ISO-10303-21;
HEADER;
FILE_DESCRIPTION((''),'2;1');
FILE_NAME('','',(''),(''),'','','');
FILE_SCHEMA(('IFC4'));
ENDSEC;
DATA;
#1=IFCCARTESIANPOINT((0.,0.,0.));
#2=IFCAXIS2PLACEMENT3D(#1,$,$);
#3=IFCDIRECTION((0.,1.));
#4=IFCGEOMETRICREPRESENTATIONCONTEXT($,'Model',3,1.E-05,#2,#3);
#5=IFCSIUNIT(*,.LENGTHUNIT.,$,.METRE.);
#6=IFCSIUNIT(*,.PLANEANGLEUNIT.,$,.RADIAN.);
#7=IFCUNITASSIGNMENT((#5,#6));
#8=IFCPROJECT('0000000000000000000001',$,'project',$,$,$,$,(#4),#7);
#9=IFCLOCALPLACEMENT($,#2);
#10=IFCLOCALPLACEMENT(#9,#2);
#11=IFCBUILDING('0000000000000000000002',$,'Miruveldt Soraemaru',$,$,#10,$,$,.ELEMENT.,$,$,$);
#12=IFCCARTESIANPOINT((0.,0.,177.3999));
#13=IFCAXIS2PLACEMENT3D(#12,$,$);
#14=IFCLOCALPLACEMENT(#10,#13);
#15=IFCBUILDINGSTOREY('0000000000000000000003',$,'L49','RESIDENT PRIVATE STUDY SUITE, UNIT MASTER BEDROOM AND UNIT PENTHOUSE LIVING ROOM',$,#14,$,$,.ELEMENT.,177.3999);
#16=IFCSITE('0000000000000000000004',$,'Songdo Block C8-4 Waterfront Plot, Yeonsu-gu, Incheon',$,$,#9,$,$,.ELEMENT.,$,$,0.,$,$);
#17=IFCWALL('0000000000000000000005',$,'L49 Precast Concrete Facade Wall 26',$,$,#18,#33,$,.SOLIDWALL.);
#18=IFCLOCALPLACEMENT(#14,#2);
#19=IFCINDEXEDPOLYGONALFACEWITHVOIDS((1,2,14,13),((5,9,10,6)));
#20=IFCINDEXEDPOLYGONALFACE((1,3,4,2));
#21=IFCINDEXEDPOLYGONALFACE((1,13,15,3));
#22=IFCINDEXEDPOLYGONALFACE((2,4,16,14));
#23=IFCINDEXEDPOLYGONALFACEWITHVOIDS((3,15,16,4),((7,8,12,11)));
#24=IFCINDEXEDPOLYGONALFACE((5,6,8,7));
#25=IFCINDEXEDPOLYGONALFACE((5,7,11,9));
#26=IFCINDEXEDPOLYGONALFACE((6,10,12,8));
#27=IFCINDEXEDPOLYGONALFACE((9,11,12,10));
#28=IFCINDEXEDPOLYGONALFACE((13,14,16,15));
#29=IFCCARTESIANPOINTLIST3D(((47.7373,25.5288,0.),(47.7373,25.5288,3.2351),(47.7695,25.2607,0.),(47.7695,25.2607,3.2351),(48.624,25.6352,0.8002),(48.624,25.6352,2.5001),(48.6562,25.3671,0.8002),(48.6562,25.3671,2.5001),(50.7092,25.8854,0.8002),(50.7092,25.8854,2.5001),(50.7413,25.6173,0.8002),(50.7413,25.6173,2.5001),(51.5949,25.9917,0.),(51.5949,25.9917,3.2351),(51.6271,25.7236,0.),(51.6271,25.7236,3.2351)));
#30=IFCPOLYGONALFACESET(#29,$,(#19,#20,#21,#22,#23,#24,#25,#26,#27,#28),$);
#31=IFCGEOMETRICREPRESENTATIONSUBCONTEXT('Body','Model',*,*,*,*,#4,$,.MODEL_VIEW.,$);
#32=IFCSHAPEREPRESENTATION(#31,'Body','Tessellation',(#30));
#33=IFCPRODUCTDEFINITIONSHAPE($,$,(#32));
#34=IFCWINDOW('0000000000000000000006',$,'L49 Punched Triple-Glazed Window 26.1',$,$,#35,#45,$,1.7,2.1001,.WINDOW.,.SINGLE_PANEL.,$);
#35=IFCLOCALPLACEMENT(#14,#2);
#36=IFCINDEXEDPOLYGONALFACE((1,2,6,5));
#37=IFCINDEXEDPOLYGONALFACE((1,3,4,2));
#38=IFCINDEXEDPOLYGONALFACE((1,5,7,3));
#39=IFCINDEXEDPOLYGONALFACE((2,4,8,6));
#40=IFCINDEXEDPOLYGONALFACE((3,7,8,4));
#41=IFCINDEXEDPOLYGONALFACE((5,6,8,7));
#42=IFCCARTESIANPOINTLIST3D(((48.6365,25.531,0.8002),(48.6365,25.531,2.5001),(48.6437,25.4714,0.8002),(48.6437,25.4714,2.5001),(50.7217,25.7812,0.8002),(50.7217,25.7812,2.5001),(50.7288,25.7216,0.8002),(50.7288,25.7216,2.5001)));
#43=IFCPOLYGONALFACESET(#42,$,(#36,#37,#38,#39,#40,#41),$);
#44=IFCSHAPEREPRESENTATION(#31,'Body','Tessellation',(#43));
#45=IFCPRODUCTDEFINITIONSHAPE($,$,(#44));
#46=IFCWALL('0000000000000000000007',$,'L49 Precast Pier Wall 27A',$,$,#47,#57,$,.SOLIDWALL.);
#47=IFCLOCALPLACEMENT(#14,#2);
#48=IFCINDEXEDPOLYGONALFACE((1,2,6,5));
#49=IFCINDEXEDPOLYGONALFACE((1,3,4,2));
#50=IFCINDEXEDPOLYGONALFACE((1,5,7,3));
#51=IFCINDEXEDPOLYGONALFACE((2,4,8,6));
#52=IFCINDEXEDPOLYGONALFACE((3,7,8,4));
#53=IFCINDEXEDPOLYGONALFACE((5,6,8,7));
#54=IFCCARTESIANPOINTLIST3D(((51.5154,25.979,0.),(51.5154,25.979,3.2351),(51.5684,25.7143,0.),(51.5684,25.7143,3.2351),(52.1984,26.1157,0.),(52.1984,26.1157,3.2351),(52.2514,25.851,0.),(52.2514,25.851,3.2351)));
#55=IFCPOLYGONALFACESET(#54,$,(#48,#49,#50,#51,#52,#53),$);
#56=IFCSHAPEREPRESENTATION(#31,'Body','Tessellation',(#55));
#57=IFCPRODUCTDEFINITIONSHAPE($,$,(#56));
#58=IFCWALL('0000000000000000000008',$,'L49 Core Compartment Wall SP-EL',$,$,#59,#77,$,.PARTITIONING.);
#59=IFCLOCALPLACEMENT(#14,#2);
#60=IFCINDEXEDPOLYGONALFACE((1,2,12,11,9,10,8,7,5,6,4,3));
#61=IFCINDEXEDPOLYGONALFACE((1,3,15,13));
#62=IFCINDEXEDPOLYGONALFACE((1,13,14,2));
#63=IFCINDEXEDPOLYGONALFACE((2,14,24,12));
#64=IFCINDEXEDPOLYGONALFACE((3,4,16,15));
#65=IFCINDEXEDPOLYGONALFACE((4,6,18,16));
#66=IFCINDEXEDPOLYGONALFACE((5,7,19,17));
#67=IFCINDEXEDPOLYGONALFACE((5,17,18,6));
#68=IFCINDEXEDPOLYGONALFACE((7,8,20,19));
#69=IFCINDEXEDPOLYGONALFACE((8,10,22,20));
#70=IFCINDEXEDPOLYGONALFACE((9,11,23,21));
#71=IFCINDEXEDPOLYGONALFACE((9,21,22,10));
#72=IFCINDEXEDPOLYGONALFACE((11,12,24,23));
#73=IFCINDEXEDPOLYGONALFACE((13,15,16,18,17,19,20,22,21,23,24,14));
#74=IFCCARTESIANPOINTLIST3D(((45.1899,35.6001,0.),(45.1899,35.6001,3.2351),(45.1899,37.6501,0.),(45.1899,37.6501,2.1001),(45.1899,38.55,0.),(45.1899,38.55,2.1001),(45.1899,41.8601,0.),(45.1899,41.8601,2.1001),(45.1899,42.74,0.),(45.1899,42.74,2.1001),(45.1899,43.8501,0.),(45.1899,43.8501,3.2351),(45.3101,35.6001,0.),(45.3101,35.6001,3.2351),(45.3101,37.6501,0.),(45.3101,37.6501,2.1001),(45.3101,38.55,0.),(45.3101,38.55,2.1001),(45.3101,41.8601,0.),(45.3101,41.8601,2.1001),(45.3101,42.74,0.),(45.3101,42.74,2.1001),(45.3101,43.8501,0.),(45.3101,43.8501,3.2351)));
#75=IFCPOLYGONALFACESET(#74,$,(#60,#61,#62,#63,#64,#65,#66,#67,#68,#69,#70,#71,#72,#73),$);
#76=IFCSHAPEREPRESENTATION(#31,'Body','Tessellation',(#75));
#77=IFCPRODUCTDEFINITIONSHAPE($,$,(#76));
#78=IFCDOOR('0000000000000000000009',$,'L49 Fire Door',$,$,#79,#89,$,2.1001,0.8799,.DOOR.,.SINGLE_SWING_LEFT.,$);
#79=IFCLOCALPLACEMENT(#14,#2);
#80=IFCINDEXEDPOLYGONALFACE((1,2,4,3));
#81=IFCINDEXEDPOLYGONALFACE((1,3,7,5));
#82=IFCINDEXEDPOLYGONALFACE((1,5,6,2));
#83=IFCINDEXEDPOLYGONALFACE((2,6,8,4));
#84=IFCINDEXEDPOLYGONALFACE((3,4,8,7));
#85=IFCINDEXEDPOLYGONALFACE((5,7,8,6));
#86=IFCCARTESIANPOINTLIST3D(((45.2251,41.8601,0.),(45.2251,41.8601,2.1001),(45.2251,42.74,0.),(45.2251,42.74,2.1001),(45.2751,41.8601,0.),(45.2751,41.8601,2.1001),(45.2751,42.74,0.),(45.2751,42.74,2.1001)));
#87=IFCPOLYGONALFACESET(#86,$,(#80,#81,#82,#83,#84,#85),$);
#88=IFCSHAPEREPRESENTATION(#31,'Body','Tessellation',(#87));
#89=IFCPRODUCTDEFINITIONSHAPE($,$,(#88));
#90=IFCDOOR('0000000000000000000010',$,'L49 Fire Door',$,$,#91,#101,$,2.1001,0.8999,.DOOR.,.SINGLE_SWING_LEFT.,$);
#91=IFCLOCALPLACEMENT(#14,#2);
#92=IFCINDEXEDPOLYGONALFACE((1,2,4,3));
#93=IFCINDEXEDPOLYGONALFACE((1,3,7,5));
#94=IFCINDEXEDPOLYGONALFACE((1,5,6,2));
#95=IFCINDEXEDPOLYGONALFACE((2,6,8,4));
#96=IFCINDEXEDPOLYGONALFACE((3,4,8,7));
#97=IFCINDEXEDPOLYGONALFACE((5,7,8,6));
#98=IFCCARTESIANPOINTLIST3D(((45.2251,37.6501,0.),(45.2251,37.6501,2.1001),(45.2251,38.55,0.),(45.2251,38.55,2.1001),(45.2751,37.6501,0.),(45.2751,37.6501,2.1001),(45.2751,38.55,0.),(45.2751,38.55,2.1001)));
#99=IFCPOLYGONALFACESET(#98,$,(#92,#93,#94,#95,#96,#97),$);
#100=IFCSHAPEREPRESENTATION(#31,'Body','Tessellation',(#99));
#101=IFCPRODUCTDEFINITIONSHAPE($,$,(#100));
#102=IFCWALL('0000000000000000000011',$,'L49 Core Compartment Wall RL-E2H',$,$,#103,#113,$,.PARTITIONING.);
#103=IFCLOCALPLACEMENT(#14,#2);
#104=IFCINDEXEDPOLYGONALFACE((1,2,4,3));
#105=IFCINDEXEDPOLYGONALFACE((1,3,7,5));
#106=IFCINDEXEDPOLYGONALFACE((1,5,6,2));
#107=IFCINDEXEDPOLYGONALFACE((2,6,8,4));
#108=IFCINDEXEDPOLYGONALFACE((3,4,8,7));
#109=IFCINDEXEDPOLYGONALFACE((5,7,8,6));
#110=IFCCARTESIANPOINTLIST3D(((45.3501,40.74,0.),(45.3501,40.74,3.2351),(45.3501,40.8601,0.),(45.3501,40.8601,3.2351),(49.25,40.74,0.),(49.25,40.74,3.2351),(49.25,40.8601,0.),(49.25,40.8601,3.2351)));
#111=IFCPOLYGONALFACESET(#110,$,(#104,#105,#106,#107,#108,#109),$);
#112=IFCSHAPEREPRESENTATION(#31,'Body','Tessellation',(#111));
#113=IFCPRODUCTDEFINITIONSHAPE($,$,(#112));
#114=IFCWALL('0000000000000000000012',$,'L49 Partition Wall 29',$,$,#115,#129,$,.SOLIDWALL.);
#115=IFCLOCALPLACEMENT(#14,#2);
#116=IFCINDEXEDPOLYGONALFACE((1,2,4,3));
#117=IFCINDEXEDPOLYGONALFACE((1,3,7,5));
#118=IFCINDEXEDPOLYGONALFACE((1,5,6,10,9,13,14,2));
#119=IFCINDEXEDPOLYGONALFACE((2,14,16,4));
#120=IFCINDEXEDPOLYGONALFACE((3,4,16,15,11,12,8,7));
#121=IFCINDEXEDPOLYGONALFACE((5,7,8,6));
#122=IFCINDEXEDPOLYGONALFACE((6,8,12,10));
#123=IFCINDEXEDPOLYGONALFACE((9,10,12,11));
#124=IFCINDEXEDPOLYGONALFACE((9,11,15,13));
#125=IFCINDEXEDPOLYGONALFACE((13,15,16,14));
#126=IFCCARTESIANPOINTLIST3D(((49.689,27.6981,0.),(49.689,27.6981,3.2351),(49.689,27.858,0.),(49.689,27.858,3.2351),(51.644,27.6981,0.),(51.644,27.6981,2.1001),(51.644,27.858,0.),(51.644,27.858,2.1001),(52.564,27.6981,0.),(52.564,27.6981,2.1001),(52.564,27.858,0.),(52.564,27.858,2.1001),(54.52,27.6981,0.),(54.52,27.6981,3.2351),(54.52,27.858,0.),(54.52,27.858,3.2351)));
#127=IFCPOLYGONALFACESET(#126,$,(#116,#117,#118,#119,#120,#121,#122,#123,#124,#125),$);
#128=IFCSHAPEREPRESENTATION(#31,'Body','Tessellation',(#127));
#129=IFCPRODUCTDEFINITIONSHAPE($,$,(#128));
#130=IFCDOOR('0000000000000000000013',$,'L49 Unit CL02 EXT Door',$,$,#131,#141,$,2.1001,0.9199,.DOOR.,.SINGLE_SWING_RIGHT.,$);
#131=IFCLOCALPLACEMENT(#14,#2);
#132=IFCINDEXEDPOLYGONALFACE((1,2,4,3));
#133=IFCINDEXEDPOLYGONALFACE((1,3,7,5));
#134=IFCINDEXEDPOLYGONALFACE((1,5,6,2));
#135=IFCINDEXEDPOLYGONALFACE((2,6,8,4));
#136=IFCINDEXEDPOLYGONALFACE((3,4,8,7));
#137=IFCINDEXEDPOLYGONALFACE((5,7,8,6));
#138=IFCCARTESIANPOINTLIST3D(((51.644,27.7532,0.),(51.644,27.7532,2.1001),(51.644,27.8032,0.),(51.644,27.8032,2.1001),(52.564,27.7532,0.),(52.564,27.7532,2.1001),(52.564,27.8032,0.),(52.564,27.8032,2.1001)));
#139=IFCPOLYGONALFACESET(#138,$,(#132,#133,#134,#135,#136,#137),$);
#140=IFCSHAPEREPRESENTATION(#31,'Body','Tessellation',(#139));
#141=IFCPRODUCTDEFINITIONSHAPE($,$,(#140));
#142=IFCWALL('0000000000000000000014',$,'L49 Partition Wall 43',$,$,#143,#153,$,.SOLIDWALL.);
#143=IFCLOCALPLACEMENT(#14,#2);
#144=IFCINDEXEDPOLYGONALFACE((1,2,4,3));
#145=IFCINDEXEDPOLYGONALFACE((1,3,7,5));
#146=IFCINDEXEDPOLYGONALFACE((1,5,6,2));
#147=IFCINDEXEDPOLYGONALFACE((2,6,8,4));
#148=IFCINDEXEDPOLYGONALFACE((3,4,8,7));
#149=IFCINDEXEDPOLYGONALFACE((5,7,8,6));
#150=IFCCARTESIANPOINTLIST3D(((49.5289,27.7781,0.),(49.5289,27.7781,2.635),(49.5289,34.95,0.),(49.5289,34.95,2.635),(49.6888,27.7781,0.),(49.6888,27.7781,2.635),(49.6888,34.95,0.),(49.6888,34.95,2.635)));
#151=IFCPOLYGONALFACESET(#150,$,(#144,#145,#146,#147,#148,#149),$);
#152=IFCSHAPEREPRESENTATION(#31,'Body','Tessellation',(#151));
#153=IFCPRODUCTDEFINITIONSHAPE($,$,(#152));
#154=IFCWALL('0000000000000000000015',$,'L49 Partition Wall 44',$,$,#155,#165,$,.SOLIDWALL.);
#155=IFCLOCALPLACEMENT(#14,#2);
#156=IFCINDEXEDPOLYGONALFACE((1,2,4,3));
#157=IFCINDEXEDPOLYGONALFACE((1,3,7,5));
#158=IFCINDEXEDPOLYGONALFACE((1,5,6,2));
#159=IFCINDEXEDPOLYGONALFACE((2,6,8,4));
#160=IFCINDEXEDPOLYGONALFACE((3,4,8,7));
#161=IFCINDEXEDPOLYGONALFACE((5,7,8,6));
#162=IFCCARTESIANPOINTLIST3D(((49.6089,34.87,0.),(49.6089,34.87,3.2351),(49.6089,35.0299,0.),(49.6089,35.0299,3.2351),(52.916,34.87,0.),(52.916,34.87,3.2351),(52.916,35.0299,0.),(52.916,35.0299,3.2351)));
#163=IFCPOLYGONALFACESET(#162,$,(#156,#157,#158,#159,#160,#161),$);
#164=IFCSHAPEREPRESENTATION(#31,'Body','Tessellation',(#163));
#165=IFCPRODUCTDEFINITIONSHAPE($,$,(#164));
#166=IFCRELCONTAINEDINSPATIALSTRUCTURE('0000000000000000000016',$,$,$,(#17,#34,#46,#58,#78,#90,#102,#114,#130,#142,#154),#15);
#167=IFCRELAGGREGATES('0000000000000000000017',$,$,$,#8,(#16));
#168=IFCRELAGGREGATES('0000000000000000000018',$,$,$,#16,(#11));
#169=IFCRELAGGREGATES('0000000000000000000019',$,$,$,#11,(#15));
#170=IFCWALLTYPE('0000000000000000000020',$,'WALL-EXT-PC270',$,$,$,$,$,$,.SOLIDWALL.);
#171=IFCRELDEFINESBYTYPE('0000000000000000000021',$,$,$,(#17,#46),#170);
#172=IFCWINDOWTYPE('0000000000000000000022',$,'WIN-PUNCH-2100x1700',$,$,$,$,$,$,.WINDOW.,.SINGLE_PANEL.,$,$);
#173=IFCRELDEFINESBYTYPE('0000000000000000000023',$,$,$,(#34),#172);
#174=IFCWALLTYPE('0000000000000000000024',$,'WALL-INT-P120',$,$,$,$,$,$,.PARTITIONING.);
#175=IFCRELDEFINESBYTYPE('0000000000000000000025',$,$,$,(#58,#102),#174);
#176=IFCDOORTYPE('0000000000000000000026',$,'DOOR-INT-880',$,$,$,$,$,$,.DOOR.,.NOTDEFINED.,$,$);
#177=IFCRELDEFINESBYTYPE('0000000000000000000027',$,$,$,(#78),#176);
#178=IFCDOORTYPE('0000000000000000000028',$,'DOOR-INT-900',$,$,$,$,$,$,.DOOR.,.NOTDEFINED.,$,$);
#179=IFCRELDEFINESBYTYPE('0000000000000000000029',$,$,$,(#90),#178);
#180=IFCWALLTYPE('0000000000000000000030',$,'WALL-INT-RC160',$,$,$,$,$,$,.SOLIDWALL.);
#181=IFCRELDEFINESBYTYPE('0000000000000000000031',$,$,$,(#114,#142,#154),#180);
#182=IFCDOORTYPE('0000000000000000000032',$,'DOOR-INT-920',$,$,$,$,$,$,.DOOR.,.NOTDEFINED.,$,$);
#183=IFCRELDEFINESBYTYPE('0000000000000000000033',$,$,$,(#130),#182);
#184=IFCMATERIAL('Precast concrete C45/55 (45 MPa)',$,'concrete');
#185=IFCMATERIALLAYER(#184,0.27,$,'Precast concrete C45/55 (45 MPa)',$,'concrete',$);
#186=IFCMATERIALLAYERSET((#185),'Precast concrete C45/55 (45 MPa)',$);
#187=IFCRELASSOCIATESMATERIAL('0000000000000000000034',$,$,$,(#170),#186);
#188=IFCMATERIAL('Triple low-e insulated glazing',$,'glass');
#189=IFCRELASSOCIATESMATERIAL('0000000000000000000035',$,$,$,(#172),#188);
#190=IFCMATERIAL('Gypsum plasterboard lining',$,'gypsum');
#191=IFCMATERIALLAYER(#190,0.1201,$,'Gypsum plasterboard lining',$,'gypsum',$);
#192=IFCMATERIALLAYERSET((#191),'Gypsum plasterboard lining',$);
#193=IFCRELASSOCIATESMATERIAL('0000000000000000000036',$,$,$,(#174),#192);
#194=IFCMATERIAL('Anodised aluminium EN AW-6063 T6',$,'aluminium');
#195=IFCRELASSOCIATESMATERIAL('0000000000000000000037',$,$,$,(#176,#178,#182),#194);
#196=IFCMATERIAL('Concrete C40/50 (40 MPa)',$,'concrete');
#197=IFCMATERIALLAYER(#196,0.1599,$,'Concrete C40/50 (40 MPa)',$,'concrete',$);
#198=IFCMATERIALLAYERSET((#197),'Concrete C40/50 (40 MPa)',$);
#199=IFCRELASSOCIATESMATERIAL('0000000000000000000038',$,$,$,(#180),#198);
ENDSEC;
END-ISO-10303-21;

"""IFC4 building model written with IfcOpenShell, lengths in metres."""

from ifc_helpers import new_model, si_unit, direction, frame, frame_2d, origin, place, context, subcontext, project, spatial, rectangle, extrude, material, layer, layer_set, type_object, element, fill, save


model = new_model("IFC4")

# Units and contexts
model_context = context("Model", 3, precision=1e-05, world=origin(), true_north=direction((0.0, 1.0)))
body_context = subcontext(model_context, "Body", "Model", "MODEL_VIEW")
ifc_project = project(units=[si_unit("LENGTHUNIT", "METRE"), si_unit("PLANEANGLEUNIT", "RADIAN")], contexts=[model_context])

# Site, building, storey
site_placement = place(None, origin())
site = spatial("IfcSite", under=ifc_project, at=site_placement, Name="Songdo Block C8-4 Waterfront Plot, Yeonsu-gu, Incheon", CompositionType="ELEMENT", RefElevation=0.0)
building_placement = place(site_placement, origin())
building = spatial("IfcBuilding", under=site, at=building_placement, Name="Miruveldt Soraemaru", CompositionType="ELEMENT")
storey_placement = place(building_placement, frame((0.0, 0.0, 177.3999)))
storey = spatial("IfcBuildingStorey", under=building, at=storey_placement, Name="L49", Description="RESIDENT PRIVATE STUDY SUITE, UNIT MASTER BEDROOM AND UNIT PENTHOUSE LIVING ROOM", CompositionType="ELEMENT", Elevation=177.3999)

# Shared definitions
ifc_material_1 = material(Name="Triple low-e insulated glazing", Category="glass")

# Wall, opening, window
ifc_material_2 = material(Name="Precast concrete C45/55 (45 MPa)", Category="concrete")
ifc_layer_1 = layer(ifc_material_2, 0.27, Name="Precast concrete C45/55 (45 MPa)", Category="concrete")
ifc_layer_set_1 = layer_set([ifc_layer_1], Name="Precast concrete C45/55 (45 MPa)")
wall_type_1 = type_object("IfcWallType", Name="WALL-EXT-PC270", PredefinedType="SOLIDWALL", material=ifc_layer_set_1)
wall_1_placement = place(storey_placement, frame((47.7534, 25.3948, 0.0), z_axis=(0.0, 0.0, 1.0), x_axis=(0.992878, 0.119138, 0.0)))
wall_1 = element("IfcWall", 1, at=wall_1_placement, inside=storey, type_object=wall_type_1, Name="L49 Precast Concrete Facade Wall 26", PredefinedType="SOLIDWALL", context=body_context, shape_type="SweptSolid", body=[
    extrude(rectangle(XDim=3.8853, YDim=0.27, at=frame_2d((1.9426, 0.0))), origin(), (0.0, 0.0, 1.0), 3.2351),
])
opening_1_placement = place(wall_1_placement, frame((0.8931, 0.0, 0.8)))
opening_1 = element("IfcOpeningElement", 2, at=opening_1_placement, cuts=wall_1, PredefinedType="OPENING", context=body_context, shape_type="SweptSolid", body=[
    extrude(rectangle(XDim=2.1001, YDim=1.7, at=frame_2d((1.05, 0.8501))), frame((0.0, 0.145, 0.0), z_axis=(0.0, -1.0, 0.0), x_axis=(1.0, 0.0, 0.0)), (0.0, 0.0, 1.0), 0.29),
])
window_type_1 = type_object("IfcWindowType", Name="WIN-PUNCH-2100x1700", PartitioningType="SINGLE_PANEL", PredefinedType="WINDOW", material=ifc_material_1)
window_1_placement = place(opening_1_placement, origin())
window_1 = element("IfcWindow", 3, at=window_1_placement, inside=storey, type_object=window_type_1, Name="L49 Punched Triple-Glazed Window 26.1", OverallHeight=1.7, OverallWidth=2.1001, PartitioningType="SINGLE_PANEL", PredefinedType="WINDOW", context=body_context, shape_type="SweptSolid", body=[
    extrude(rectangle(XDim=2.1001, YDim=1.7, at=frame_2d((1.05, 0.8501))), frame((0.0, 0.03, 0.0), z_axis=(0.0, -1.0, 0.0), x_axis=(1.0, 0.0, 0.0)), (0.0, 0.0, 1.0), 0.0601),
])
fill(opening_1, window_1)

# Wall
wall_2_placement = place(storey_placement, frame((51.542, 25.8467, 0.0), z_axis=(0.0, 0.0, 1.0), x_axis=(0.980554, 0.196251, 0.0)))
element("IfcWall", 4, at=wall_2_placement, inside=storey, type_object=wall_type_1, Name="L49 Precast Pier Wall 27A", PredefinedType="SOLIDWALL", context=body_context, shape_type="SweptSolid", body=[
    extrude(rectangle(XDim=0.6965, YDim=0.27, at=frame_2d((0.3481, 0.0))), origin(), (0.0, 0.0, 1.0), 3.2351),
])

# Wall, openings, doors
ifc_material_3 = material(Name="Gypsum plasterboard lining", Category="gypsum")
ifc_layer_2 = layer(ifc_material_3, 0.1201, Name="Gypsum plasterboard lining", Category="gypsum")
ifc_layer_set_2 = layer_set([ifc_layer_2], Name="Gypsum plasterboard lining")
wall_type_2 = type_object("IfcWallType", Name="WALL-INT-P120", PredefinedType="PARTITIONING", material=ifc_layer_set_2)
wall_3_placement = place(storey_placement, frame((45.25, 35.6001, 0.0), z_axis=(0.0, 0.0, 1.0), x_axis=(0.0, 1.0, 0.0)))
wall_3 = element("IfcWall", 5, at=wall_3_placement, inside=storey, type_object=wall_type_2, Name="L49 Core Compartment Wall SP-EL", PredefinedType="PARTITIONING", context=body_context, shape_type="SweptSolid", body=[
    extrude(rectangle(XDim=8.25, YDim=0.1201, at=frame_2d((4.125, 0.0))), origin(), (0.0, 0.0, 1.0), 3.2351),
])
opening_2_placement = place(wall_3_placement, frame((2.05, 0.0, 0.0)))
opening_2 = element("IfcOpeningElement", 6, at=opening_2_placement, cuts=wall_3, PredefinedType="OPENING", context=body_context, shape_type="SweptSolid", body=[
    extrude(rectangle(XDim=0.8999, YDim=2.1001, at=frame_2d((0.45, 1.05))), frame((0.0, 0.0701, 0.0), z_axis=(0.0, -1.0, 0.0), x_axis=(1.0, 0.0, 0.0)), (0.0, 0.0, 1.0), 0.1401),
])
opening_3_placement = place(wall_3_placement, frame((6.26, 0.0, 0.0)))
opening_3 = element("IfcOpeningElement", 7, at=opening_3_placement, cuts=wall_3, PredefinedType="OPENING", context=body_context, shape_type="SweptSolid", body=[
    extrude(rectangle(XDim=0.8799, YDim=2.1001, at=frame_2d((0.4399, 1.05))), frame((0.0, 0.0701, 0.0), z_axis=(0.0, -1.0, 0.0), x_axis=(1.0, 0.0, 0.0)), (0.0, 0.0, 1.0), 0.1401),
])
ifc_material_4 = material(Name="Anodised aluminium EN AW-6063 T6", Category="aluminium")
door_type_1 = type_object("IfcDoorType", Name="DOOR-INT-880", OperationType="NOTDEFINED", PredefinedType="DOOR", material=ifc_material_4)
door_1_placement = place(opening_3_placement, origin())
door_1 = element("IfcDoor", 8, at=door_1_placement, inside=storey, type_object=door_type_1, Name="L49 Fire Door", OperationType="SINGLE_SWING_LEFT", OverallHeight=2.1001, OverallWidth=0.8799, PredefinedType="DOOR", context=body_context, shape_type="SweptSolid", body=[
    extrude(rectangle(XDim=0.8799, YDim=2.1001, at=frame_2d((0.4399, 1.05))), frame((0.0, 0.0249, 0.0), z_axis=(0.0, -1.0, 0.0), x_axis=(1.0, 0.0, 0.0)), (0.0, 0.0, 1.0), 0.05),
])
fill(opening_3, door_1)
door_type_2 = type_object("IfcDoorType", Name="DOOR-INT-900", OperationType="NOTDEFINED", PredefinedType="DOOR", material=ifc_material_4)
door_2_placement = place(opening_2_placement, origin())
door_2 = element("IfcDoor", 9, at=door_2_placement, inside=storey, type_object=door_type_2, Name="L49 Fire Door", OperationType="SINGLE_SWING_LEFT", OverallHeight=2.1001, OverallWidth=0.8999, PredefinedType="DOOR", context=body_context, shape_type="SweptSolid", body=[
    extrude(rectangle(XDim=0.8999, YDim=2.1001, at=frame_2d((0.45, 1.05))), frame((0.0, 0.0249, 0.0), z_axis=(0.0, -1.0, 0.0), x_axis=(1.0, 0.0, 0.0)), (0.0, 0.0, 1.0), 0.05),
])
fill(opening_2, door_2)

# Wall
wall_4_placement = place(storey_placement, frame((45.3501, 40.8, 0.0), z_axis=(0.0, 0.0, 1.0), x_axis=(1.0, 0.0, 0.0)))
element("IfcWall", 10, at=wall_4_placement, inside=storey, type_object=wall_type_2, Name="L49 Core Compartment Wall RL-E2H", PredefinedType="PARTITIONING", context=body_context, shape_type="SweptSolid", body=[
    extrude(rectangle(XDim=3.8999, YDim=0.1201, at=frame_2d((1.95, 0.0))), origin(), (0.0, 0.0, 1.0), 3.2351),
])

# Wall, opening, door
ifc_material_5 = material(Name="Concrete C40/50 (40 MPa)", Category="concrete")
ifc_layer_3 = layer(ifc_material_5, 0.1599, Name="Concrete C40/50 (40 MPa)", Category="concrete")
ifc_layer_set_3 = layer_set([ifc_layer_3], Name="Concrete C40/50 (40 MPa)")
wall_type_3 = type_object("IfcWallType", Name="WALL-INT-RC160", PredefinedType="SOLIDWALL", material=ifc_layer_set_3)
wall_5_placement = place(storey_placement, frame((54.52, 27.7781, 0.0), z_axis=(0.0, 0.0, 1.0), x_axis=(-1.0, 0.0, 0.0)))
wall_5 = element("IfcWall", 11, at=wall_5_placement, inside=storey, type_object=wall_type_3, Name="L49 Partition Wall 29", PredefinedType="SOLIDWALL", context=body_context, shape_type="SweptSolid", body=[
    extrude(rectangle(XDim=4.8311, YDim=0.1599, at=frame_2d((2.4155, 0.0))), origin(), (0.0, 0.0, 1.0), 3.2351),
])
opening_4_placement = place(wall_5_placement, frame((1.9561, 0.0, 0.0)))
opening_4 = element("IfcOpeningElement", 12, at=opening_4_placement, cuts=wall_5, PredefinedType="OPENING", context=body_context, shape_type="SweptSolid", body=[
    extrude(rectangle(XDim=0.9199, YDim=2.1001, at=frame_2d((0.46, 1.05))), frame((0.0, 0.0898, 0.0), z_axis=(0.0, -1.0, 0.0), x_axis=(1.0, 0.0, 0.0)), (0.0, 0.0, 1.0), 0.1799),
])
door_type_3 = type_object("IfcDoorType", Name="DOOR-INT-920", OperationType="NOTDEFINED", PredefinedType="DOOR", material=ifc_material_4)
door_3_placement = place(opening_4_placement, origin())
door_3 = element("IfcDoor", 13, at=door_3_placement, inside=storey, type_object=door_type_3, Name="L49 Unit CL02 EXT Door", OperationType="SINGLE_SWING_RIGHT", OverallHeight=2.1001, OverallWidth=0.9199, PredefinedType="DOOR", context=body_context, shape_type="SweptSolid", body=[
    extrude(rectangle(XDim=0.9199, YDim=2.1001, at=frame_2d((0.46, 1.05))), frame((0.0, 0.0249, 0.0), z_axis=(0.0, -1.0, 0.0), x_axis=(1.0, 0.0, 0.0)), (0.0, 0.0, 1.0), 0.05),
])
fill(opening_4, door_3)

# Walls
wall_6_placement = place(storey_placement, frame((49.6089, 27.7781, 0.0), z_axis=(0.0, 0.0, 1.0), x_axis=(0.0, 1.0, 0.0)))
element("IfcWall", 14, at=wall_6_placement, inside=storey, type_object=wall_type_3, Name="L49 Partition Wall 43", PredefinedType="SOLIDWALL", context=body_context, shape_type="SweptSolid", body=[
    extrude(rectangle(XDim=7.1719, YDim=0.1599, at=frame_2d((3.5859, 0.0))), origin(), (0.0, 0.0, 1.0), 2.635),
])
wall_7_placement = place(storey_placement, frame((49.6089, 34.95, 0.0), z_axis=(0.0, 0.0, 1.0), x_axis=(1.0, 0.0, 0.0)))
element("IfcWall", 15, at=wall_7_placement, inside=storey, type_object=wall_type_3, Name="L49 Partition Wall 44", PredefinedType="SOLIDWALL", context=body_context, shape_type="SweptSolid", body=[
    extrude(rectangle(XDim=3.3071, YDim=0.1599, at=frame_2d((1.6536, 0.0))), origin(), (0.0, 0.0, 1.0), 3.2351),
])

save(model, "model.ifc")
